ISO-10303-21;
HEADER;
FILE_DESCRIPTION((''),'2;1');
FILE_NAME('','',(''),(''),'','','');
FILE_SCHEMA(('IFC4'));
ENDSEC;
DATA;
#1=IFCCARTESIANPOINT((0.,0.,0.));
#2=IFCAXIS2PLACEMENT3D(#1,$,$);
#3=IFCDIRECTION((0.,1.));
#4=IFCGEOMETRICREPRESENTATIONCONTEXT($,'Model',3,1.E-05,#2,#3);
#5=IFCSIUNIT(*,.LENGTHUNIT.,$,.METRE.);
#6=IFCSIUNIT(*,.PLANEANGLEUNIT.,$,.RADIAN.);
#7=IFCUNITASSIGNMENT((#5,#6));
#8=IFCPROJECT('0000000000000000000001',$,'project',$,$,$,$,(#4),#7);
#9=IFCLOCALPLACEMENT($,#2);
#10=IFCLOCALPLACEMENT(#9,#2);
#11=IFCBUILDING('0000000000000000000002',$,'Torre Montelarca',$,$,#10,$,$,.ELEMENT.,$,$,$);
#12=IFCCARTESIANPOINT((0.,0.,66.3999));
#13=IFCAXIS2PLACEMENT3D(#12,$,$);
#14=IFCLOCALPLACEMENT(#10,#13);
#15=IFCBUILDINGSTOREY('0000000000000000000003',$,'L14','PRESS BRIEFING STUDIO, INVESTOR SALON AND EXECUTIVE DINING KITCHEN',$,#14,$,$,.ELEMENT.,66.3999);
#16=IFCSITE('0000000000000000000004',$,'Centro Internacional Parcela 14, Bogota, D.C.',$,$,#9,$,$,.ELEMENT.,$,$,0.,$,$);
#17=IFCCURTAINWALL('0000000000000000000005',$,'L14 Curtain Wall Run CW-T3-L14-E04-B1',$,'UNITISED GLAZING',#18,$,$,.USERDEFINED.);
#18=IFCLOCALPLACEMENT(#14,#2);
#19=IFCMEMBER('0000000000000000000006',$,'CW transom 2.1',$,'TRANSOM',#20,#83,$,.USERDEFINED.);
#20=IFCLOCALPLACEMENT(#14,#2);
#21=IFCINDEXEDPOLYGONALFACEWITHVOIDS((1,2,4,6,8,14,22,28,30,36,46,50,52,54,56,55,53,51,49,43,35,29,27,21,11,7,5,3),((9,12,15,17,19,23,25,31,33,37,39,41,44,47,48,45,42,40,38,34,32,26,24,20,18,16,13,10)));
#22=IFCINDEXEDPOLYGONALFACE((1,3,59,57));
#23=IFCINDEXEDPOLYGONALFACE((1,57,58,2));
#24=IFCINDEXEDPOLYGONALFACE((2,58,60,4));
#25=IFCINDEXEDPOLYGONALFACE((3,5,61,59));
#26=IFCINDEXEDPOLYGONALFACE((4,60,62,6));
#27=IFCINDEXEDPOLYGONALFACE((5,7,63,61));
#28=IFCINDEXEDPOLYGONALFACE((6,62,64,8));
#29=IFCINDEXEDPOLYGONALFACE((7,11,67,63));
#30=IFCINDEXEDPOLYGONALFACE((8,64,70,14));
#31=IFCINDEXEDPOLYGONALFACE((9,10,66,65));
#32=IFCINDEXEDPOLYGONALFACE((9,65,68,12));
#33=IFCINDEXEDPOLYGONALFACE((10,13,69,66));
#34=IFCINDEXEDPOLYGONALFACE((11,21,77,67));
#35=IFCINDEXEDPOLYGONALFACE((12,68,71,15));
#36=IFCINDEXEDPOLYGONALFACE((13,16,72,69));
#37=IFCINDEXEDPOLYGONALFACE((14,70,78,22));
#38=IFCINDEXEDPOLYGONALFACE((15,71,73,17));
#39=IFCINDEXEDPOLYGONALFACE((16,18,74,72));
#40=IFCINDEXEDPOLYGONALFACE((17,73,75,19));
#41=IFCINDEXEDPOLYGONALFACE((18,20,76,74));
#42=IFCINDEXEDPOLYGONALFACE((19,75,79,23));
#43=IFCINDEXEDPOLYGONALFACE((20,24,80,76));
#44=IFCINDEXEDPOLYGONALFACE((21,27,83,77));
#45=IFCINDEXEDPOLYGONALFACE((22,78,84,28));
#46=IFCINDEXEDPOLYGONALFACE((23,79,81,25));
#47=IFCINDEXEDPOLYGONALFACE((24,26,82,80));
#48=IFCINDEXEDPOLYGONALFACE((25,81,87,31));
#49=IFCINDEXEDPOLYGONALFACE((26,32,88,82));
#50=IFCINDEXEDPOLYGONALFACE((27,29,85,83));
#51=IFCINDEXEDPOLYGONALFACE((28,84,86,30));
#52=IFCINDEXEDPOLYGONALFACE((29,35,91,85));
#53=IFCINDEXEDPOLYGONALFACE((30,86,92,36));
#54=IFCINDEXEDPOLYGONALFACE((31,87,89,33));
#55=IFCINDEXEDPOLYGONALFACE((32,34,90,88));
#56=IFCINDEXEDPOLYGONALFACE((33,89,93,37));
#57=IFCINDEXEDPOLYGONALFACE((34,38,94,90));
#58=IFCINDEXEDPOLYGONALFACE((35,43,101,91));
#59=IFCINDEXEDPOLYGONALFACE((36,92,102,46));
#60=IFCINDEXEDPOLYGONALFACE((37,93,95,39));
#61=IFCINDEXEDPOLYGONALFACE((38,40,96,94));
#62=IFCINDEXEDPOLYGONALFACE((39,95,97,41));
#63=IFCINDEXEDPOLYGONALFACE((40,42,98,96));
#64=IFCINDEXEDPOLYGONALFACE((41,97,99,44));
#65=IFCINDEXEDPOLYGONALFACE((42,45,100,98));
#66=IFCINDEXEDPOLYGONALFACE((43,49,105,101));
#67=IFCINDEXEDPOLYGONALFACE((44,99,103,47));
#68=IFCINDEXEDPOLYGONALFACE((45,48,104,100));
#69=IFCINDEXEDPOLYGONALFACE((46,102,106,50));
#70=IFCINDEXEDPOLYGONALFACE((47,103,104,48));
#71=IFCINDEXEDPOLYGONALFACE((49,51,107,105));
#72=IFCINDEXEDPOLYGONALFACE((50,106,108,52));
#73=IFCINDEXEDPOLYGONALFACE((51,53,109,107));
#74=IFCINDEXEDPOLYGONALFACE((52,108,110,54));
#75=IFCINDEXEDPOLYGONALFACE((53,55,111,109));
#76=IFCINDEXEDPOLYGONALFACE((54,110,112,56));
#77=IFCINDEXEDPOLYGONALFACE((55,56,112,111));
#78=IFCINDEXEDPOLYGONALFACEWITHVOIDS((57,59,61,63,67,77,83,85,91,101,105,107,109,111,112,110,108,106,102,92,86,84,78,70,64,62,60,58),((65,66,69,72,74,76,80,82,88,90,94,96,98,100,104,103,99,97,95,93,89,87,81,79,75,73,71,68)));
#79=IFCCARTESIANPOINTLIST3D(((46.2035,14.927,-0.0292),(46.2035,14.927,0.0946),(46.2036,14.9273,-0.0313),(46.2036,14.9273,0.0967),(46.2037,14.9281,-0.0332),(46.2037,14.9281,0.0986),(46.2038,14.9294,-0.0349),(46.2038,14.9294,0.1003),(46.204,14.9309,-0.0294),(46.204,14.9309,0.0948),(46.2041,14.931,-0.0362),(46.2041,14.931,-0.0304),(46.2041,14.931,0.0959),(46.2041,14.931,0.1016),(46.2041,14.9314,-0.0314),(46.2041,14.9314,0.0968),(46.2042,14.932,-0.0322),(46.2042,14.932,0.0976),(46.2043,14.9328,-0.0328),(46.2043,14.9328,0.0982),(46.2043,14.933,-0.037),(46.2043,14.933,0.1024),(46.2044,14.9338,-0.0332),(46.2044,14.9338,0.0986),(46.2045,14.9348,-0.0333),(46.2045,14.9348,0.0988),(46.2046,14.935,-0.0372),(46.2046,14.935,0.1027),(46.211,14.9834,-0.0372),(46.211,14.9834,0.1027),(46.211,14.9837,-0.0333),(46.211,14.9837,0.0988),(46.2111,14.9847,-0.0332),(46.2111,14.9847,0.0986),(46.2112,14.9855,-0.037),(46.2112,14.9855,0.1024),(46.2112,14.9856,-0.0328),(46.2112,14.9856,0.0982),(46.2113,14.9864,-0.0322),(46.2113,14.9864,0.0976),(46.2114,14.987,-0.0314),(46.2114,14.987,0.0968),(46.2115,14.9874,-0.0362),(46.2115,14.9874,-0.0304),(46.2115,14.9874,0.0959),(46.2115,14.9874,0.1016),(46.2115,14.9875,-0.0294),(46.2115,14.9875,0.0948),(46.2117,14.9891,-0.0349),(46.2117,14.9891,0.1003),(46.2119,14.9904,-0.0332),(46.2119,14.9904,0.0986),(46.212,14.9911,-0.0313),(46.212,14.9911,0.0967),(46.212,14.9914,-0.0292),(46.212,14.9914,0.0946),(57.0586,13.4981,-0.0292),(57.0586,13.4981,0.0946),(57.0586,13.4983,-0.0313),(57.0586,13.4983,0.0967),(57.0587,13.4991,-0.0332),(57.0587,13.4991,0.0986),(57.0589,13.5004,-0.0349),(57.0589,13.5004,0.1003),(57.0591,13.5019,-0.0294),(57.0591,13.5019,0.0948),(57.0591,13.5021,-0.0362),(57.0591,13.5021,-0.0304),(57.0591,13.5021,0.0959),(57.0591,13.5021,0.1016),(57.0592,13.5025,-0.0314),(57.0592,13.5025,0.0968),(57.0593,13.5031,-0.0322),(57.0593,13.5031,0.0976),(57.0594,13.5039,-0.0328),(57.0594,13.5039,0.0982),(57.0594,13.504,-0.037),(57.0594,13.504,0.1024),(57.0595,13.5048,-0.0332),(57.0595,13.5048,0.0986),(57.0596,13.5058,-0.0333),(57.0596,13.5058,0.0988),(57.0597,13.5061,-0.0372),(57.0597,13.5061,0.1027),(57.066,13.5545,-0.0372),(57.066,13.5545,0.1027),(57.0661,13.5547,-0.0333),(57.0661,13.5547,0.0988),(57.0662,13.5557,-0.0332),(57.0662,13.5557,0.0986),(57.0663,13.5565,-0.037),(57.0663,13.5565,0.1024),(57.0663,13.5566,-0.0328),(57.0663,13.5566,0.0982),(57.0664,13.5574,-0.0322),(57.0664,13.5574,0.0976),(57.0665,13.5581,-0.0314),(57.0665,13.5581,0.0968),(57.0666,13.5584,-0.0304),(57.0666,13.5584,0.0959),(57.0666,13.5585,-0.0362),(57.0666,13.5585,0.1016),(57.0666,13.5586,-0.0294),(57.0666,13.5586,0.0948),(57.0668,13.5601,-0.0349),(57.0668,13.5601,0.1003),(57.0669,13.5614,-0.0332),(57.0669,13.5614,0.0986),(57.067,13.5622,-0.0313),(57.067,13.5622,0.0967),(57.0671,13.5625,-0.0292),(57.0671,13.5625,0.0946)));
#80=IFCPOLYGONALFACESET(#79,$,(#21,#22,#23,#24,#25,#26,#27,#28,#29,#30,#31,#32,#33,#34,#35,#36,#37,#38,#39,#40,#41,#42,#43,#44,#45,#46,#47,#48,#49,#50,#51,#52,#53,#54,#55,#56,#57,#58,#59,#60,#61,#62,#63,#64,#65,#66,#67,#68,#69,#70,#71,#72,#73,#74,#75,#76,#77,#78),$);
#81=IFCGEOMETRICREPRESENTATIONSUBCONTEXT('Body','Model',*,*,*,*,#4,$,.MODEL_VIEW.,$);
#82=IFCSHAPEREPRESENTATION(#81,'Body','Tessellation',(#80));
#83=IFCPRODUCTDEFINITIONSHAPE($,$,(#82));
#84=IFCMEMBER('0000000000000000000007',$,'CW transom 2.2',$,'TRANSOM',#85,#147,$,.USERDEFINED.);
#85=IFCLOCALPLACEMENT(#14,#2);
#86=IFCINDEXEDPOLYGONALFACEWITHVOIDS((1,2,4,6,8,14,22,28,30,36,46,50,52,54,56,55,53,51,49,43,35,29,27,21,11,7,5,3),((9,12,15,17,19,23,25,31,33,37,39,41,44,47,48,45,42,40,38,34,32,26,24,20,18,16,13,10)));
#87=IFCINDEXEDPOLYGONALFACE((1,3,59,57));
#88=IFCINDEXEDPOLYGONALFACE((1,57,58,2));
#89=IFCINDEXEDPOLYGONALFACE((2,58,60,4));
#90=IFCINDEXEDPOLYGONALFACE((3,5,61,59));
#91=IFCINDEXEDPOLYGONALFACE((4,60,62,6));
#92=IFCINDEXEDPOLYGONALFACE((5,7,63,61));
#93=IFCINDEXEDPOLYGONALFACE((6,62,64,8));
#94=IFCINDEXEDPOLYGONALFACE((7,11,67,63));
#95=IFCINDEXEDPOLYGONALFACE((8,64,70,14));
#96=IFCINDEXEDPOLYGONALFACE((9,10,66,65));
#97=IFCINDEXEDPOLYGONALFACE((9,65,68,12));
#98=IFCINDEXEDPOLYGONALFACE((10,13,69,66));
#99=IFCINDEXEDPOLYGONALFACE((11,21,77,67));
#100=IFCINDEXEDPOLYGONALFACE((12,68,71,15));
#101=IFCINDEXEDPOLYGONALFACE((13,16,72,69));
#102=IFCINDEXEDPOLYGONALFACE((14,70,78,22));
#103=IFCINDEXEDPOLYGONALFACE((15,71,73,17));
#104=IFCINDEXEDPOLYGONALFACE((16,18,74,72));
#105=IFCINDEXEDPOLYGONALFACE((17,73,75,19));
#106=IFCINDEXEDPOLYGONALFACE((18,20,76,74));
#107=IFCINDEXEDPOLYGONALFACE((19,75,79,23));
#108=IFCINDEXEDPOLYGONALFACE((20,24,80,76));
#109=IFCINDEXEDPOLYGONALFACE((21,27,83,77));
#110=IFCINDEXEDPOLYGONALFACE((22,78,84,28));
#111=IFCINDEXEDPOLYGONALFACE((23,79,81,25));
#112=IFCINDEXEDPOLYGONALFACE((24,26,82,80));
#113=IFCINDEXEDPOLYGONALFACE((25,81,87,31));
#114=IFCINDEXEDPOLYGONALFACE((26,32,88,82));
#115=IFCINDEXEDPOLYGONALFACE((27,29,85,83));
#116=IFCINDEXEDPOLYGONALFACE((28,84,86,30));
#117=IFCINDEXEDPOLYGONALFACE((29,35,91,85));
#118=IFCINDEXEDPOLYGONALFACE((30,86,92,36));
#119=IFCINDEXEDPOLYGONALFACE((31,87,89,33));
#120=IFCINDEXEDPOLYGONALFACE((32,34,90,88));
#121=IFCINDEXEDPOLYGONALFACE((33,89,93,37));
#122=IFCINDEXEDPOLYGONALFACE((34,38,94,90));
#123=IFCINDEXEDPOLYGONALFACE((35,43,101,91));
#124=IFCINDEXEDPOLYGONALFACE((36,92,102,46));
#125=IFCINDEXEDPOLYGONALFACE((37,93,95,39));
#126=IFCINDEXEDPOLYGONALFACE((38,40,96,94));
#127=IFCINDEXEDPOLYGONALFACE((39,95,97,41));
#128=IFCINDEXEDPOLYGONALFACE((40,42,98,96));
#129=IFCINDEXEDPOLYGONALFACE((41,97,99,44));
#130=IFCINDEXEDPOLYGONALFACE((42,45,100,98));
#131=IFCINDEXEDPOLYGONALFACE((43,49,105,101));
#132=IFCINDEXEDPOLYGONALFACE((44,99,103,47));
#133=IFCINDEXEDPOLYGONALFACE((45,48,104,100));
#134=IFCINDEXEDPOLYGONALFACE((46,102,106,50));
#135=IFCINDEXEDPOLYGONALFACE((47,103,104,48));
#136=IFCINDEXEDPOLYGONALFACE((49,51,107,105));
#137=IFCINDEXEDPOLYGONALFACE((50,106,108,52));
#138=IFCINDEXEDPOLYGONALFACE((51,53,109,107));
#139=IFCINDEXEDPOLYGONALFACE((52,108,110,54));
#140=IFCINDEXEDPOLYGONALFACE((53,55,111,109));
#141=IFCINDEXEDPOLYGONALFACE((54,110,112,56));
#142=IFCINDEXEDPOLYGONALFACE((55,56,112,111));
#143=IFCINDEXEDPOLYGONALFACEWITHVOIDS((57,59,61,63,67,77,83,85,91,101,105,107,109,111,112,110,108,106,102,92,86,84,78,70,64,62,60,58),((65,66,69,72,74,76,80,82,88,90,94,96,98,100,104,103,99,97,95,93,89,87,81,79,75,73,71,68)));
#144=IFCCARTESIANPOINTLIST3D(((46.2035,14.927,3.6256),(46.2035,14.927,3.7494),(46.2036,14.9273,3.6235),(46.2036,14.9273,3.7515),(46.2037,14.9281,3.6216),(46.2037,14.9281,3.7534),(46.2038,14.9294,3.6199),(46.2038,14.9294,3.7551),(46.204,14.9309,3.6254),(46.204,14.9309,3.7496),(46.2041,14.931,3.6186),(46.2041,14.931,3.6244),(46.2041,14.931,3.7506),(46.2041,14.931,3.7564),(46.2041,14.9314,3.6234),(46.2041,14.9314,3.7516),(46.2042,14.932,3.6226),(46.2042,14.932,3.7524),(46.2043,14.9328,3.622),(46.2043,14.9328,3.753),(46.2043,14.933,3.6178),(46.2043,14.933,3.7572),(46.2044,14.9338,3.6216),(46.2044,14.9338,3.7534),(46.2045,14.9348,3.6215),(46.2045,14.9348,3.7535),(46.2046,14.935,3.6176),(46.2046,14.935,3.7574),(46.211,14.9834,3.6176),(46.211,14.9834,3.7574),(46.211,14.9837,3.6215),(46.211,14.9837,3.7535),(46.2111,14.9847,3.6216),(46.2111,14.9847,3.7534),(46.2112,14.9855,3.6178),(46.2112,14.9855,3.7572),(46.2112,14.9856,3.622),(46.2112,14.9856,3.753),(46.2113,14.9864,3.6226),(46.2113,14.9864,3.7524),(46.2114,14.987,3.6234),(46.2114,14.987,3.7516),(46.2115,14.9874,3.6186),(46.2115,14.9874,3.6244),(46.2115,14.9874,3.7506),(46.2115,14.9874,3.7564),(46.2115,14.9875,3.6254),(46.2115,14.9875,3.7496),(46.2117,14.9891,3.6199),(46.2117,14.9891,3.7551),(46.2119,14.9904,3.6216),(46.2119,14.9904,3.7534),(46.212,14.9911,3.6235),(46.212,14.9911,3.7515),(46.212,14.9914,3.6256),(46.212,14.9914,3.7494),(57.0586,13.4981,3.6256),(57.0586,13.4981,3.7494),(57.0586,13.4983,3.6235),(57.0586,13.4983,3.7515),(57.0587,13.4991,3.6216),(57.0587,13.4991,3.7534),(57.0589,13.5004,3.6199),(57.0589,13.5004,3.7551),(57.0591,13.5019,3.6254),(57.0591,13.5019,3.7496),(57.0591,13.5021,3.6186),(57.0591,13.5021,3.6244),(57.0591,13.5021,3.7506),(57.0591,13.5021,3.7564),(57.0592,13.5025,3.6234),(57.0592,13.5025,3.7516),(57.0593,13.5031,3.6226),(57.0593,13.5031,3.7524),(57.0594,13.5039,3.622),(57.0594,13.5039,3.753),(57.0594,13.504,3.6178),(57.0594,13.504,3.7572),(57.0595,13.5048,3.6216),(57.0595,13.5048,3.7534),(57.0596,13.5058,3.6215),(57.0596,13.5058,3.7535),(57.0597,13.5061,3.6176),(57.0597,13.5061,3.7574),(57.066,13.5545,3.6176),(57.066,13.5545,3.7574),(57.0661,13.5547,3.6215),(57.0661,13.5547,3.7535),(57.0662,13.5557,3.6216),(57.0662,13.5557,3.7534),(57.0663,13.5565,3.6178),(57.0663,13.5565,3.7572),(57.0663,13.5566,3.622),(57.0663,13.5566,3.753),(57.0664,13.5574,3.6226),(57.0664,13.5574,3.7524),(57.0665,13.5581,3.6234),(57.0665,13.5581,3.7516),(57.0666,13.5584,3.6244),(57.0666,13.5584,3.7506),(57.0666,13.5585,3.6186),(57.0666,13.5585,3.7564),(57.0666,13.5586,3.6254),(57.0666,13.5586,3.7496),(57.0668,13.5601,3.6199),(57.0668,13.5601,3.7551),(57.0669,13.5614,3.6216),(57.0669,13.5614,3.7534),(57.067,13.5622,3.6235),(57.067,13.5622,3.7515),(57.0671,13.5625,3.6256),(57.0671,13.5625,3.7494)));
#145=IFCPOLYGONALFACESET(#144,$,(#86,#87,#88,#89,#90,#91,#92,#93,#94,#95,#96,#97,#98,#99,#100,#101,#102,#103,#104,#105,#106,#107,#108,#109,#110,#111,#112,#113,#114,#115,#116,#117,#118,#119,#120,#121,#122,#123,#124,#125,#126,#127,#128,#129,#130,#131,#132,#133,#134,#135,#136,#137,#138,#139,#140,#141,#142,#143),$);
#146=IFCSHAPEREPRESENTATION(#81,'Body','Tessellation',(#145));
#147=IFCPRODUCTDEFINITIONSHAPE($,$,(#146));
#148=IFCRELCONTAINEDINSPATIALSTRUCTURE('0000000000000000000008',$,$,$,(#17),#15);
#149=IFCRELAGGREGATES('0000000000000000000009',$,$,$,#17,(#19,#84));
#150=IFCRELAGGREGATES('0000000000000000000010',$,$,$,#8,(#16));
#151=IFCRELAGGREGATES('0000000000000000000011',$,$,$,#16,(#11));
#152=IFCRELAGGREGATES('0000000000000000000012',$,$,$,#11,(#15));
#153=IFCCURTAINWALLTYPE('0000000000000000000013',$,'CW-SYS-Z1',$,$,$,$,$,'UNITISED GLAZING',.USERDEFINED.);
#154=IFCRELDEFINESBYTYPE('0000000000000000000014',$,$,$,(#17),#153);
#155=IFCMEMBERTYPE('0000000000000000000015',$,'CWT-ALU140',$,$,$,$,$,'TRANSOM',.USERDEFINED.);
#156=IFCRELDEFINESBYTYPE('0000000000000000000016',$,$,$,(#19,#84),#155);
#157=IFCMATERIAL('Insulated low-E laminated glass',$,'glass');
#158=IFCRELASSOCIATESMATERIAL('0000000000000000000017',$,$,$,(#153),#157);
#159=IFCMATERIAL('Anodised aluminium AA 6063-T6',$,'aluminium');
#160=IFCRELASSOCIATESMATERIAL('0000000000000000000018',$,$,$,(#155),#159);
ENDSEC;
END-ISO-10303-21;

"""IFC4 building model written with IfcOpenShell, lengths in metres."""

from ifc_helpers import new_model, si_unit, direction, frame, origin, origin_2d, place, context, subcontext, project, spatial, hollow_rectangle, extrude, source, transform, mapped, material, material_profile, profile_set, type_object, element, aggregate, save


model = new_model("IFC4")

# Units and contexts
model_context = context("Model", 3, precision=1e-05, world=origin(), true_north=direction((0.0, 1.0)))
body_context = subcontext(model_context, "Body", "Model", "MODEL_VIEW")
ifc_project = project(units=[si_unit("LENGTHUNIT", "METRE"), si_unit("PLANEANGLEUNIT", "RADIAN")], contexts=[model_context])

# Site, building, storey
site_placement = place(None, origin())
site = spatial("IfcSite", under=ifc_project, at=site_placement, Name="Centro Internacional Parcela 14, Bogota, D.C.", CompositionType="ELEMENT", RefElevation=0.0)
building_placement = place(site_placement, origin())
building = spatial("IfcBuilding", under=site, at=building_placement, Name="Torre Montelarca", CompositionType="ELEMENT")
storey_placement = place(building_placement, frame((0.0, 0.0, 66.3999)))
storey = spatial("IfcBuildingStorey", under=building, at=storey_placement, Name="L14", Description="PRESS BRIEFING STUDIO, INVESTOR SALON AND EXECUTIVE DINING KITCHEN", CompositionType="ELEMENT", Elevation=66.3999)

# Curtain wall, members
ifc_material_1 = material(Name="Insulated low-E laminated glass", Category="glass")
curtain_wall_type = type_object("IfcCurtainWallType", Name="CW-SYS-Z1", ElementType="UNITISED GLAZING", PredefinedType="USERDEFINED", material=ifc_material_1)
curtain_wall_1_placement = place(storey_placement, origin())
curtain_wall_1 = element("IfcCurtainWall", 1, at=curtain_wall_1_placement, inside=storey, type_object=curtain_wall_type, Name="L14 Curtain Wall Run CW-T3-L14-E04-B1", ObjectType="UNITISED GLAZING", PredefinedType="USERDEFINED")
ifc_material_2 = material(Name="Anodised aluminium AA 6063-T6", Category="aluminium")
ifc_material_profile_1 = material_profile(ifc_material_2, hollow_rectangle(XDim=0.0649, YDim=0.1399, WallThickness=0.0039, InnerFilletRadius=0.0039, OuterFilletRadius=0.0081, at=origin_2d()), Name="ALU65X140X4", Category="aluminium")
ifc_profile_set_1 = profile_set([ifc_material_profile_1], Name="Anodised aluminium AA 6063-T6")
member_type_1 = type_object("IfcMemberType", Name="CWT-ALU140", ElementType="TRANSOM", PredefinedType="USERDEFINED", material=ifc_profile_set_1)
shared_shape_1 = source(origin(), body_context, "Body", "SweptSolid", [
    extrude(hollow_rectangle(XDim=0.0649, YDim=0.1399, WallThickness=0.0039, InnerFilletRadius=0.0039, OuterFilletRadius=0.0081, at=origin_2d()), origin(), (0.0, 0.0, 1.0), 10.9487),
])
member_1_placement = place(storey_placement, frame((46.2078, 14.9592, 0.0327), z_axis=(0.991446, -0.130515, 0.0), x_axis=(0.130515, 0.991446, 0.0)))
member_1 = element("IfcMember", 2, at=member_1_placement, type_object=member_type_1, Name="CW transom 2.1", ObjectType="TRANSOM", PredefinedType="USERDEFINED", context=body_context, shape_type="MappedRepresentation", body=[
    mapped(shared_shape_1, transform((0.0, 0.0, 0.0), scale=1.0)),
])
member_2_placement = place(storey_placement, frame((46.2078, 14.9592, 3.6875), z_axis=(0.991446, -0.130515, 0.0), x_axis=(0.130515, 0.991446, 0.0)))
member_2 = element("IfcMember", 3, at=member_2_placement, type_object=member_type_1, Name="CW transom 2.2", ObjectType="TRANSOM", PredefinedType="USERDEFINED", context=body_context, shape_type="MappedRepresentation", body=[
    mapped(shared_shape_1, transform((0.0, 0.0, 0.0), scale=1.0)),
])

aggregate(curtain_wall_1, [member_1, member_2])

save(model, "model.ifc")
